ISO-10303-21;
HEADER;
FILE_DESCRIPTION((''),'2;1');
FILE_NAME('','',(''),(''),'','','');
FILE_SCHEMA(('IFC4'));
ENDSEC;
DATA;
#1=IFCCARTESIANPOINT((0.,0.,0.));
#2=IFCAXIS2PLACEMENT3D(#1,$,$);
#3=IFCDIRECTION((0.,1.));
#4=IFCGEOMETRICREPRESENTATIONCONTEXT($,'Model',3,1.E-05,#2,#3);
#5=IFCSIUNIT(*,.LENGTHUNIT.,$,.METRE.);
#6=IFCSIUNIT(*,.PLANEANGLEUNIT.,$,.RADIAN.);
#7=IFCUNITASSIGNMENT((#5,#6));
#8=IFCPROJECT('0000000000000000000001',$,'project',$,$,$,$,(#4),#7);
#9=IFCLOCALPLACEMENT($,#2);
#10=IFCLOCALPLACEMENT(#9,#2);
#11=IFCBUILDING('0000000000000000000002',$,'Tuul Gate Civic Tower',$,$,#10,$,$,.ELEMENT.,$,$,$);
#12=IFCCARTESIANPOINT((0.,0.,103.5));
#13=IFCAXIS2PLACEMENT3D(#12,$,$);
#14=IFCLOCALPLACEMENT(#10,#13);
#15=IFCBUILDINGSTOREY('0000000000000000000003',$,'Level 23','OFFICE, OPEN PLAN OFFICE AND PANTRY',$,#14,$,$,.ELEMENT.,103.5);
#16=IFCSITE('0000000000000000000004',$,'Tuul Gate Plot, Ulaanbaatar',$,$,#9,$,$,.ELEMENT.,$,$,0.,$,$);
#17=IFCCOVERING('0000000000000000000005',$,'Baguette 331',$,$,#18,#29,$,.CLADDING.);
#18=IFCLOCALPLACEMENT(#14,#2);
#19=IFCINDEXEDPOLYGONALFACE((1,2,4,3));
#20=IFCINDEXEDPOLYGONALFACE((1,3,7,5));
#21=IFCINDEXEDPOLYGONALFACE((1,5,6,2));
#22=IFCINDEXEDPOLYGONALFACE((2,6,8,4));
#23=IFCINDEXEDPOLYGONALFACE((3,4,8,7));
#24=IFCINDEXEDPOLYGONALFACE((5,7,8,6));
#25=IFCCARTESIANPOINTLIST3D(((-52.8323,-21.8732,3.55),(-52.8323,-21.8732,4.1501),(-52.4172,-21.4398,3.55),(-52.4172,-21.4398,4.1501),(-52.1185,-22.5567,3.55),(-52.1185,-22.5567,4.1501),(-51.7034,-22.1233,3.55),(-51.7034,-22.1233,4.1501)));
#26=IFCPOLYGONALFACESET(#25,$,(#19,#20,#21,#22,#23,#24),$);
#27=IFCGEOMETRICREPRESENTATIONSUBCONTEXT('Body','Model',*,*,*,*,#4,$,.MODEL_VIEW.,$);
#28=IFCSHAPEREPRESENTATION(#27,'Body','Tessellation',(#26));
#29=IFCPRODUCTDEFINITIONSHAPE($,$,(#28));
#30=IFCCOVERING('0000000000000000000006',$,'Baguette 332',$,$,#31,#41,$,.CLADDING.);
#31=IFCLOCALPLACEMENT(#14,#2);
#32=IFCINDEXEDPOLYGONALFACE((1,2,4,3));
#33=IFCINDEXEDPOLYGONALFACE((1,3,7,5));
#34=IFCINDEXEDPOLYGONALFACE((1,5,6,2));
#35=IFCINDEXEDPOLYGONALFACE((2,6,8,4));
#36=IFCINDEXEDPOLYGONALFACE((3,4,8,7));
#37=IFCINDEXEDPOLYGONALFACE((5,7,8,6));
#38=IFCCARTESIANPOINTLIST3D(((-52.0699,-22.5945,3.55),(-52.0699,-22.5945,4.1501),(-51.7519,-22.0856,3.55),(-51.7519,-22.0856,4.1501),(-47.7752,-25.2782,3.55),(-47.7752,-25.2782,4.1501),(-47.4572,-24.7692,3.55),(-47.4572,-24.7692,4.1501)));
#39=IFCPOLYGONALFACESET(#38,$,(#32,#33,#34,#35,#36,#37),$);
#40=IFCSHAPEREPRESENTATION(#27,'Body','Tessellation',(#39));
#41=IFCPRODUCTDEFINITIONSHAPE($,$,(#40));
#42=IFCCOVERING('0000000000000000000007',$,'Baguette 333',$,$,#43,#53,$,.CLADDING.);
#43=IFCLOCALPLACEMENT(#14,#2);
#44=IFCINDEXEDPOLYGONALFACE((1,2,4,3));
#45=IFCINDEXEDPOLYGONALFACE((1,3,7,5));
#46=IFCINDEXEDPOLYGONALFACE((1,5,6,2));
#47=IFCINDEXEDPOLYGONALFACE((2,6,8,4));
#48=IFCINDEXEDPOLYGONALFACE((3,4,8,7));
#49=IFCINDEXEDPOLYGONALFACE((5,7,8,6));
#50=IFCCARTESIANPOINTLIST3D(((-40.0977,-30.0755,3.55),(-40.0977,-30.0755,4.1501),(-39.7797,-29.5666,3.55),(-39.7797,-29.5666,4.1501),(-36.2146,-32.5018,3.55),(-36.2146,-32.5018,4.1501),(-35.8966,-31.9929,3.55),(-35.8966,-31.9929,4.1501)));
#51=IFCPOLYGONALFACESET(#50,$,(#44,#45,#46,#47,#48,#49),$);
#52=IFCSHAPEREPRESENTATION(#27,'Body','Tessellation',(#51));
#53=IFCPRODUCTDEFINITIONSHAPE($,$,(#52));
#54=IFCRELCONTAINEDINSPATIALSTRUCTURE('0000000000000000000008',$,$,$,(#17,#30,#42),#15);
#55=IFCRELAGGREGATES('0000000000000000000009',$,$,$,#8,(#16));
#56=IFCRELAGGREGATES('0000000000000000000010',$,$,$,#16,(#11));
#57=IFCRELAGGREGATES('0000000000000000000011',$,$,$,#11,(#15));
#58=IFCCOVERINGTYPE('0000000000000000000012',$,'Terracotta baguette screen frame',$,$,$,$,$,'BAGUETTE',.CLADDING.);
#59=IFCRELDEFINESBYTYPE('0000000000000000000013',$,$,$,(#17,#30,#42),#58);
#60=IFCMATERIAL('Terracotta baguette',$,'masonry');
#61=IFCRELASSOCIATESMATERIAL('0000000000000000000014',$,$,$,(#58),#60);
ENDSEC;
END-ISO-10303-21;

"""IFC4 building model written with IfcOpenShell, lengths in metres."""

from ifc_helpers import new_model, si_unit, direction, frame, origin, origin_2d, place, context, subcontext, project, spatial, rectangle, extrude, material, material_profile, profile_set, type_object, element, save


model = new_model("IFC4")

# Units and contexts
model_context = context("Model", 3, precision=1e-05, world=origin(), true_north=direction((0.0, 1.0)))
body_context = subcontext(model_context, "Body", "Model", "MODEL_VIEW")
ifc_project = project(units=[si_unit("LENGTHUNIT", "METRE"), si_unit("PLANEANGLEUNIT", "RADIAN")], contexts=[model_context])

# Site, building, storey
site_placement = place(None, origin())
site = spatial("IfcSite", under=ifc_project, at=site_placement, Name="Tuul Gate Plot, Ulaanbaatar", CompositionType="ELEMENT", RefElevation=0.0)
building_placement = place(site_placement, origin())
building = spatial("IfcBuilding", under=site, at=building_placement, Name="Tuul Gate Civic Tower", CompositionType="ELEMENT")
storey_placement = place(building_placement, frame((0.0, 0.0, 103.5)))
storey = spatial("IfcBuildingStorey", under=building, at=storey_placement, Name="Level 23", Description="OFFICE, OPEN PLAN OFFICE AND PANTRY", CompositionType="ELEMENT", Elevation=103.5)

# Coverings
ifc_material_1 = material(Name="Terracotta baguette", Category="masonry")
ifc_material_profile_1 = material_profile(ifc_material_1, rectangle(XDim=0.6001, YDim=0.6001, at=origin_2d()), Name="Terracotta baguette screen frame")
ifc_profile_set_1 = profile_set([ifc_material_profile_1], Name="Terracotta baguette")
covering_type = type_object("IfcCoveringType", Name="Terracotta baguette screen frame", ElementType="BAGUETTE", PredefinedType="CLADDING", material=ifc_profile_set_1)
covering_1_placement = place(storey_placement, frame((-52.6248, -21.6565, 3.8501), z_axis=(0.722256, -0.691626, 0.0), x_axis=(0.691626, 0.722256, 0.0)))
element("IfcCovering", 1, at=covering_1_placement, inside=storey, type_object=covering_type, Name="Baguette 331", PredefinedType="CLADDING", context=body_context, shape_type="SweptSolid", body=[
    extrude(rectangle(XDim=0.6001, YDim=0.6001, at=origin_2d()), origin(), (0.0, 0.0, 1.0), 0.9883),
])
covering_2_placement = place(storey_placement, frame((-51.9109, -22.3401, 3.8501), z_axis=(0.84805, -0.529917, 0.0), x_axis=(0.529917, 0.84805, 0.0)))
element("IfcCovering", 2, at=covering_2_placement, inside=storey, type_object=covering_type, Name="Baguette 332", PredefinedType="CLADDING", context=body_context, shape_type="SweptSolid", body=[
    extrude(rectangle(XDim=0.6001, YDim=0.6001, at=origin_2d()), origin(), (0.0, 0.0, 1.0), 5.0642),
])
covering_3_placement = place(storey_placement, frame((-39.9387, -29.821, 3.8501), z_axis=(0.848061, -0.529898, 0.0), x_axis=(0.529898, 0.848061, 0.0)))
element("IfcCovering", 3, at=covering_3_placement, inside=storey, type_object=covering_type, Name="Baguette 333", PredefinedType="CLADDING", context=body_context, shape_type="SweptSolid", body=[
    extrude(rectangle(XDim=0.6001, YDim=0.6001, at=origin_2d()), origin(), (0.0, 0.0, 1.0), 4.5789),
])

save(model, "model.ifc")
